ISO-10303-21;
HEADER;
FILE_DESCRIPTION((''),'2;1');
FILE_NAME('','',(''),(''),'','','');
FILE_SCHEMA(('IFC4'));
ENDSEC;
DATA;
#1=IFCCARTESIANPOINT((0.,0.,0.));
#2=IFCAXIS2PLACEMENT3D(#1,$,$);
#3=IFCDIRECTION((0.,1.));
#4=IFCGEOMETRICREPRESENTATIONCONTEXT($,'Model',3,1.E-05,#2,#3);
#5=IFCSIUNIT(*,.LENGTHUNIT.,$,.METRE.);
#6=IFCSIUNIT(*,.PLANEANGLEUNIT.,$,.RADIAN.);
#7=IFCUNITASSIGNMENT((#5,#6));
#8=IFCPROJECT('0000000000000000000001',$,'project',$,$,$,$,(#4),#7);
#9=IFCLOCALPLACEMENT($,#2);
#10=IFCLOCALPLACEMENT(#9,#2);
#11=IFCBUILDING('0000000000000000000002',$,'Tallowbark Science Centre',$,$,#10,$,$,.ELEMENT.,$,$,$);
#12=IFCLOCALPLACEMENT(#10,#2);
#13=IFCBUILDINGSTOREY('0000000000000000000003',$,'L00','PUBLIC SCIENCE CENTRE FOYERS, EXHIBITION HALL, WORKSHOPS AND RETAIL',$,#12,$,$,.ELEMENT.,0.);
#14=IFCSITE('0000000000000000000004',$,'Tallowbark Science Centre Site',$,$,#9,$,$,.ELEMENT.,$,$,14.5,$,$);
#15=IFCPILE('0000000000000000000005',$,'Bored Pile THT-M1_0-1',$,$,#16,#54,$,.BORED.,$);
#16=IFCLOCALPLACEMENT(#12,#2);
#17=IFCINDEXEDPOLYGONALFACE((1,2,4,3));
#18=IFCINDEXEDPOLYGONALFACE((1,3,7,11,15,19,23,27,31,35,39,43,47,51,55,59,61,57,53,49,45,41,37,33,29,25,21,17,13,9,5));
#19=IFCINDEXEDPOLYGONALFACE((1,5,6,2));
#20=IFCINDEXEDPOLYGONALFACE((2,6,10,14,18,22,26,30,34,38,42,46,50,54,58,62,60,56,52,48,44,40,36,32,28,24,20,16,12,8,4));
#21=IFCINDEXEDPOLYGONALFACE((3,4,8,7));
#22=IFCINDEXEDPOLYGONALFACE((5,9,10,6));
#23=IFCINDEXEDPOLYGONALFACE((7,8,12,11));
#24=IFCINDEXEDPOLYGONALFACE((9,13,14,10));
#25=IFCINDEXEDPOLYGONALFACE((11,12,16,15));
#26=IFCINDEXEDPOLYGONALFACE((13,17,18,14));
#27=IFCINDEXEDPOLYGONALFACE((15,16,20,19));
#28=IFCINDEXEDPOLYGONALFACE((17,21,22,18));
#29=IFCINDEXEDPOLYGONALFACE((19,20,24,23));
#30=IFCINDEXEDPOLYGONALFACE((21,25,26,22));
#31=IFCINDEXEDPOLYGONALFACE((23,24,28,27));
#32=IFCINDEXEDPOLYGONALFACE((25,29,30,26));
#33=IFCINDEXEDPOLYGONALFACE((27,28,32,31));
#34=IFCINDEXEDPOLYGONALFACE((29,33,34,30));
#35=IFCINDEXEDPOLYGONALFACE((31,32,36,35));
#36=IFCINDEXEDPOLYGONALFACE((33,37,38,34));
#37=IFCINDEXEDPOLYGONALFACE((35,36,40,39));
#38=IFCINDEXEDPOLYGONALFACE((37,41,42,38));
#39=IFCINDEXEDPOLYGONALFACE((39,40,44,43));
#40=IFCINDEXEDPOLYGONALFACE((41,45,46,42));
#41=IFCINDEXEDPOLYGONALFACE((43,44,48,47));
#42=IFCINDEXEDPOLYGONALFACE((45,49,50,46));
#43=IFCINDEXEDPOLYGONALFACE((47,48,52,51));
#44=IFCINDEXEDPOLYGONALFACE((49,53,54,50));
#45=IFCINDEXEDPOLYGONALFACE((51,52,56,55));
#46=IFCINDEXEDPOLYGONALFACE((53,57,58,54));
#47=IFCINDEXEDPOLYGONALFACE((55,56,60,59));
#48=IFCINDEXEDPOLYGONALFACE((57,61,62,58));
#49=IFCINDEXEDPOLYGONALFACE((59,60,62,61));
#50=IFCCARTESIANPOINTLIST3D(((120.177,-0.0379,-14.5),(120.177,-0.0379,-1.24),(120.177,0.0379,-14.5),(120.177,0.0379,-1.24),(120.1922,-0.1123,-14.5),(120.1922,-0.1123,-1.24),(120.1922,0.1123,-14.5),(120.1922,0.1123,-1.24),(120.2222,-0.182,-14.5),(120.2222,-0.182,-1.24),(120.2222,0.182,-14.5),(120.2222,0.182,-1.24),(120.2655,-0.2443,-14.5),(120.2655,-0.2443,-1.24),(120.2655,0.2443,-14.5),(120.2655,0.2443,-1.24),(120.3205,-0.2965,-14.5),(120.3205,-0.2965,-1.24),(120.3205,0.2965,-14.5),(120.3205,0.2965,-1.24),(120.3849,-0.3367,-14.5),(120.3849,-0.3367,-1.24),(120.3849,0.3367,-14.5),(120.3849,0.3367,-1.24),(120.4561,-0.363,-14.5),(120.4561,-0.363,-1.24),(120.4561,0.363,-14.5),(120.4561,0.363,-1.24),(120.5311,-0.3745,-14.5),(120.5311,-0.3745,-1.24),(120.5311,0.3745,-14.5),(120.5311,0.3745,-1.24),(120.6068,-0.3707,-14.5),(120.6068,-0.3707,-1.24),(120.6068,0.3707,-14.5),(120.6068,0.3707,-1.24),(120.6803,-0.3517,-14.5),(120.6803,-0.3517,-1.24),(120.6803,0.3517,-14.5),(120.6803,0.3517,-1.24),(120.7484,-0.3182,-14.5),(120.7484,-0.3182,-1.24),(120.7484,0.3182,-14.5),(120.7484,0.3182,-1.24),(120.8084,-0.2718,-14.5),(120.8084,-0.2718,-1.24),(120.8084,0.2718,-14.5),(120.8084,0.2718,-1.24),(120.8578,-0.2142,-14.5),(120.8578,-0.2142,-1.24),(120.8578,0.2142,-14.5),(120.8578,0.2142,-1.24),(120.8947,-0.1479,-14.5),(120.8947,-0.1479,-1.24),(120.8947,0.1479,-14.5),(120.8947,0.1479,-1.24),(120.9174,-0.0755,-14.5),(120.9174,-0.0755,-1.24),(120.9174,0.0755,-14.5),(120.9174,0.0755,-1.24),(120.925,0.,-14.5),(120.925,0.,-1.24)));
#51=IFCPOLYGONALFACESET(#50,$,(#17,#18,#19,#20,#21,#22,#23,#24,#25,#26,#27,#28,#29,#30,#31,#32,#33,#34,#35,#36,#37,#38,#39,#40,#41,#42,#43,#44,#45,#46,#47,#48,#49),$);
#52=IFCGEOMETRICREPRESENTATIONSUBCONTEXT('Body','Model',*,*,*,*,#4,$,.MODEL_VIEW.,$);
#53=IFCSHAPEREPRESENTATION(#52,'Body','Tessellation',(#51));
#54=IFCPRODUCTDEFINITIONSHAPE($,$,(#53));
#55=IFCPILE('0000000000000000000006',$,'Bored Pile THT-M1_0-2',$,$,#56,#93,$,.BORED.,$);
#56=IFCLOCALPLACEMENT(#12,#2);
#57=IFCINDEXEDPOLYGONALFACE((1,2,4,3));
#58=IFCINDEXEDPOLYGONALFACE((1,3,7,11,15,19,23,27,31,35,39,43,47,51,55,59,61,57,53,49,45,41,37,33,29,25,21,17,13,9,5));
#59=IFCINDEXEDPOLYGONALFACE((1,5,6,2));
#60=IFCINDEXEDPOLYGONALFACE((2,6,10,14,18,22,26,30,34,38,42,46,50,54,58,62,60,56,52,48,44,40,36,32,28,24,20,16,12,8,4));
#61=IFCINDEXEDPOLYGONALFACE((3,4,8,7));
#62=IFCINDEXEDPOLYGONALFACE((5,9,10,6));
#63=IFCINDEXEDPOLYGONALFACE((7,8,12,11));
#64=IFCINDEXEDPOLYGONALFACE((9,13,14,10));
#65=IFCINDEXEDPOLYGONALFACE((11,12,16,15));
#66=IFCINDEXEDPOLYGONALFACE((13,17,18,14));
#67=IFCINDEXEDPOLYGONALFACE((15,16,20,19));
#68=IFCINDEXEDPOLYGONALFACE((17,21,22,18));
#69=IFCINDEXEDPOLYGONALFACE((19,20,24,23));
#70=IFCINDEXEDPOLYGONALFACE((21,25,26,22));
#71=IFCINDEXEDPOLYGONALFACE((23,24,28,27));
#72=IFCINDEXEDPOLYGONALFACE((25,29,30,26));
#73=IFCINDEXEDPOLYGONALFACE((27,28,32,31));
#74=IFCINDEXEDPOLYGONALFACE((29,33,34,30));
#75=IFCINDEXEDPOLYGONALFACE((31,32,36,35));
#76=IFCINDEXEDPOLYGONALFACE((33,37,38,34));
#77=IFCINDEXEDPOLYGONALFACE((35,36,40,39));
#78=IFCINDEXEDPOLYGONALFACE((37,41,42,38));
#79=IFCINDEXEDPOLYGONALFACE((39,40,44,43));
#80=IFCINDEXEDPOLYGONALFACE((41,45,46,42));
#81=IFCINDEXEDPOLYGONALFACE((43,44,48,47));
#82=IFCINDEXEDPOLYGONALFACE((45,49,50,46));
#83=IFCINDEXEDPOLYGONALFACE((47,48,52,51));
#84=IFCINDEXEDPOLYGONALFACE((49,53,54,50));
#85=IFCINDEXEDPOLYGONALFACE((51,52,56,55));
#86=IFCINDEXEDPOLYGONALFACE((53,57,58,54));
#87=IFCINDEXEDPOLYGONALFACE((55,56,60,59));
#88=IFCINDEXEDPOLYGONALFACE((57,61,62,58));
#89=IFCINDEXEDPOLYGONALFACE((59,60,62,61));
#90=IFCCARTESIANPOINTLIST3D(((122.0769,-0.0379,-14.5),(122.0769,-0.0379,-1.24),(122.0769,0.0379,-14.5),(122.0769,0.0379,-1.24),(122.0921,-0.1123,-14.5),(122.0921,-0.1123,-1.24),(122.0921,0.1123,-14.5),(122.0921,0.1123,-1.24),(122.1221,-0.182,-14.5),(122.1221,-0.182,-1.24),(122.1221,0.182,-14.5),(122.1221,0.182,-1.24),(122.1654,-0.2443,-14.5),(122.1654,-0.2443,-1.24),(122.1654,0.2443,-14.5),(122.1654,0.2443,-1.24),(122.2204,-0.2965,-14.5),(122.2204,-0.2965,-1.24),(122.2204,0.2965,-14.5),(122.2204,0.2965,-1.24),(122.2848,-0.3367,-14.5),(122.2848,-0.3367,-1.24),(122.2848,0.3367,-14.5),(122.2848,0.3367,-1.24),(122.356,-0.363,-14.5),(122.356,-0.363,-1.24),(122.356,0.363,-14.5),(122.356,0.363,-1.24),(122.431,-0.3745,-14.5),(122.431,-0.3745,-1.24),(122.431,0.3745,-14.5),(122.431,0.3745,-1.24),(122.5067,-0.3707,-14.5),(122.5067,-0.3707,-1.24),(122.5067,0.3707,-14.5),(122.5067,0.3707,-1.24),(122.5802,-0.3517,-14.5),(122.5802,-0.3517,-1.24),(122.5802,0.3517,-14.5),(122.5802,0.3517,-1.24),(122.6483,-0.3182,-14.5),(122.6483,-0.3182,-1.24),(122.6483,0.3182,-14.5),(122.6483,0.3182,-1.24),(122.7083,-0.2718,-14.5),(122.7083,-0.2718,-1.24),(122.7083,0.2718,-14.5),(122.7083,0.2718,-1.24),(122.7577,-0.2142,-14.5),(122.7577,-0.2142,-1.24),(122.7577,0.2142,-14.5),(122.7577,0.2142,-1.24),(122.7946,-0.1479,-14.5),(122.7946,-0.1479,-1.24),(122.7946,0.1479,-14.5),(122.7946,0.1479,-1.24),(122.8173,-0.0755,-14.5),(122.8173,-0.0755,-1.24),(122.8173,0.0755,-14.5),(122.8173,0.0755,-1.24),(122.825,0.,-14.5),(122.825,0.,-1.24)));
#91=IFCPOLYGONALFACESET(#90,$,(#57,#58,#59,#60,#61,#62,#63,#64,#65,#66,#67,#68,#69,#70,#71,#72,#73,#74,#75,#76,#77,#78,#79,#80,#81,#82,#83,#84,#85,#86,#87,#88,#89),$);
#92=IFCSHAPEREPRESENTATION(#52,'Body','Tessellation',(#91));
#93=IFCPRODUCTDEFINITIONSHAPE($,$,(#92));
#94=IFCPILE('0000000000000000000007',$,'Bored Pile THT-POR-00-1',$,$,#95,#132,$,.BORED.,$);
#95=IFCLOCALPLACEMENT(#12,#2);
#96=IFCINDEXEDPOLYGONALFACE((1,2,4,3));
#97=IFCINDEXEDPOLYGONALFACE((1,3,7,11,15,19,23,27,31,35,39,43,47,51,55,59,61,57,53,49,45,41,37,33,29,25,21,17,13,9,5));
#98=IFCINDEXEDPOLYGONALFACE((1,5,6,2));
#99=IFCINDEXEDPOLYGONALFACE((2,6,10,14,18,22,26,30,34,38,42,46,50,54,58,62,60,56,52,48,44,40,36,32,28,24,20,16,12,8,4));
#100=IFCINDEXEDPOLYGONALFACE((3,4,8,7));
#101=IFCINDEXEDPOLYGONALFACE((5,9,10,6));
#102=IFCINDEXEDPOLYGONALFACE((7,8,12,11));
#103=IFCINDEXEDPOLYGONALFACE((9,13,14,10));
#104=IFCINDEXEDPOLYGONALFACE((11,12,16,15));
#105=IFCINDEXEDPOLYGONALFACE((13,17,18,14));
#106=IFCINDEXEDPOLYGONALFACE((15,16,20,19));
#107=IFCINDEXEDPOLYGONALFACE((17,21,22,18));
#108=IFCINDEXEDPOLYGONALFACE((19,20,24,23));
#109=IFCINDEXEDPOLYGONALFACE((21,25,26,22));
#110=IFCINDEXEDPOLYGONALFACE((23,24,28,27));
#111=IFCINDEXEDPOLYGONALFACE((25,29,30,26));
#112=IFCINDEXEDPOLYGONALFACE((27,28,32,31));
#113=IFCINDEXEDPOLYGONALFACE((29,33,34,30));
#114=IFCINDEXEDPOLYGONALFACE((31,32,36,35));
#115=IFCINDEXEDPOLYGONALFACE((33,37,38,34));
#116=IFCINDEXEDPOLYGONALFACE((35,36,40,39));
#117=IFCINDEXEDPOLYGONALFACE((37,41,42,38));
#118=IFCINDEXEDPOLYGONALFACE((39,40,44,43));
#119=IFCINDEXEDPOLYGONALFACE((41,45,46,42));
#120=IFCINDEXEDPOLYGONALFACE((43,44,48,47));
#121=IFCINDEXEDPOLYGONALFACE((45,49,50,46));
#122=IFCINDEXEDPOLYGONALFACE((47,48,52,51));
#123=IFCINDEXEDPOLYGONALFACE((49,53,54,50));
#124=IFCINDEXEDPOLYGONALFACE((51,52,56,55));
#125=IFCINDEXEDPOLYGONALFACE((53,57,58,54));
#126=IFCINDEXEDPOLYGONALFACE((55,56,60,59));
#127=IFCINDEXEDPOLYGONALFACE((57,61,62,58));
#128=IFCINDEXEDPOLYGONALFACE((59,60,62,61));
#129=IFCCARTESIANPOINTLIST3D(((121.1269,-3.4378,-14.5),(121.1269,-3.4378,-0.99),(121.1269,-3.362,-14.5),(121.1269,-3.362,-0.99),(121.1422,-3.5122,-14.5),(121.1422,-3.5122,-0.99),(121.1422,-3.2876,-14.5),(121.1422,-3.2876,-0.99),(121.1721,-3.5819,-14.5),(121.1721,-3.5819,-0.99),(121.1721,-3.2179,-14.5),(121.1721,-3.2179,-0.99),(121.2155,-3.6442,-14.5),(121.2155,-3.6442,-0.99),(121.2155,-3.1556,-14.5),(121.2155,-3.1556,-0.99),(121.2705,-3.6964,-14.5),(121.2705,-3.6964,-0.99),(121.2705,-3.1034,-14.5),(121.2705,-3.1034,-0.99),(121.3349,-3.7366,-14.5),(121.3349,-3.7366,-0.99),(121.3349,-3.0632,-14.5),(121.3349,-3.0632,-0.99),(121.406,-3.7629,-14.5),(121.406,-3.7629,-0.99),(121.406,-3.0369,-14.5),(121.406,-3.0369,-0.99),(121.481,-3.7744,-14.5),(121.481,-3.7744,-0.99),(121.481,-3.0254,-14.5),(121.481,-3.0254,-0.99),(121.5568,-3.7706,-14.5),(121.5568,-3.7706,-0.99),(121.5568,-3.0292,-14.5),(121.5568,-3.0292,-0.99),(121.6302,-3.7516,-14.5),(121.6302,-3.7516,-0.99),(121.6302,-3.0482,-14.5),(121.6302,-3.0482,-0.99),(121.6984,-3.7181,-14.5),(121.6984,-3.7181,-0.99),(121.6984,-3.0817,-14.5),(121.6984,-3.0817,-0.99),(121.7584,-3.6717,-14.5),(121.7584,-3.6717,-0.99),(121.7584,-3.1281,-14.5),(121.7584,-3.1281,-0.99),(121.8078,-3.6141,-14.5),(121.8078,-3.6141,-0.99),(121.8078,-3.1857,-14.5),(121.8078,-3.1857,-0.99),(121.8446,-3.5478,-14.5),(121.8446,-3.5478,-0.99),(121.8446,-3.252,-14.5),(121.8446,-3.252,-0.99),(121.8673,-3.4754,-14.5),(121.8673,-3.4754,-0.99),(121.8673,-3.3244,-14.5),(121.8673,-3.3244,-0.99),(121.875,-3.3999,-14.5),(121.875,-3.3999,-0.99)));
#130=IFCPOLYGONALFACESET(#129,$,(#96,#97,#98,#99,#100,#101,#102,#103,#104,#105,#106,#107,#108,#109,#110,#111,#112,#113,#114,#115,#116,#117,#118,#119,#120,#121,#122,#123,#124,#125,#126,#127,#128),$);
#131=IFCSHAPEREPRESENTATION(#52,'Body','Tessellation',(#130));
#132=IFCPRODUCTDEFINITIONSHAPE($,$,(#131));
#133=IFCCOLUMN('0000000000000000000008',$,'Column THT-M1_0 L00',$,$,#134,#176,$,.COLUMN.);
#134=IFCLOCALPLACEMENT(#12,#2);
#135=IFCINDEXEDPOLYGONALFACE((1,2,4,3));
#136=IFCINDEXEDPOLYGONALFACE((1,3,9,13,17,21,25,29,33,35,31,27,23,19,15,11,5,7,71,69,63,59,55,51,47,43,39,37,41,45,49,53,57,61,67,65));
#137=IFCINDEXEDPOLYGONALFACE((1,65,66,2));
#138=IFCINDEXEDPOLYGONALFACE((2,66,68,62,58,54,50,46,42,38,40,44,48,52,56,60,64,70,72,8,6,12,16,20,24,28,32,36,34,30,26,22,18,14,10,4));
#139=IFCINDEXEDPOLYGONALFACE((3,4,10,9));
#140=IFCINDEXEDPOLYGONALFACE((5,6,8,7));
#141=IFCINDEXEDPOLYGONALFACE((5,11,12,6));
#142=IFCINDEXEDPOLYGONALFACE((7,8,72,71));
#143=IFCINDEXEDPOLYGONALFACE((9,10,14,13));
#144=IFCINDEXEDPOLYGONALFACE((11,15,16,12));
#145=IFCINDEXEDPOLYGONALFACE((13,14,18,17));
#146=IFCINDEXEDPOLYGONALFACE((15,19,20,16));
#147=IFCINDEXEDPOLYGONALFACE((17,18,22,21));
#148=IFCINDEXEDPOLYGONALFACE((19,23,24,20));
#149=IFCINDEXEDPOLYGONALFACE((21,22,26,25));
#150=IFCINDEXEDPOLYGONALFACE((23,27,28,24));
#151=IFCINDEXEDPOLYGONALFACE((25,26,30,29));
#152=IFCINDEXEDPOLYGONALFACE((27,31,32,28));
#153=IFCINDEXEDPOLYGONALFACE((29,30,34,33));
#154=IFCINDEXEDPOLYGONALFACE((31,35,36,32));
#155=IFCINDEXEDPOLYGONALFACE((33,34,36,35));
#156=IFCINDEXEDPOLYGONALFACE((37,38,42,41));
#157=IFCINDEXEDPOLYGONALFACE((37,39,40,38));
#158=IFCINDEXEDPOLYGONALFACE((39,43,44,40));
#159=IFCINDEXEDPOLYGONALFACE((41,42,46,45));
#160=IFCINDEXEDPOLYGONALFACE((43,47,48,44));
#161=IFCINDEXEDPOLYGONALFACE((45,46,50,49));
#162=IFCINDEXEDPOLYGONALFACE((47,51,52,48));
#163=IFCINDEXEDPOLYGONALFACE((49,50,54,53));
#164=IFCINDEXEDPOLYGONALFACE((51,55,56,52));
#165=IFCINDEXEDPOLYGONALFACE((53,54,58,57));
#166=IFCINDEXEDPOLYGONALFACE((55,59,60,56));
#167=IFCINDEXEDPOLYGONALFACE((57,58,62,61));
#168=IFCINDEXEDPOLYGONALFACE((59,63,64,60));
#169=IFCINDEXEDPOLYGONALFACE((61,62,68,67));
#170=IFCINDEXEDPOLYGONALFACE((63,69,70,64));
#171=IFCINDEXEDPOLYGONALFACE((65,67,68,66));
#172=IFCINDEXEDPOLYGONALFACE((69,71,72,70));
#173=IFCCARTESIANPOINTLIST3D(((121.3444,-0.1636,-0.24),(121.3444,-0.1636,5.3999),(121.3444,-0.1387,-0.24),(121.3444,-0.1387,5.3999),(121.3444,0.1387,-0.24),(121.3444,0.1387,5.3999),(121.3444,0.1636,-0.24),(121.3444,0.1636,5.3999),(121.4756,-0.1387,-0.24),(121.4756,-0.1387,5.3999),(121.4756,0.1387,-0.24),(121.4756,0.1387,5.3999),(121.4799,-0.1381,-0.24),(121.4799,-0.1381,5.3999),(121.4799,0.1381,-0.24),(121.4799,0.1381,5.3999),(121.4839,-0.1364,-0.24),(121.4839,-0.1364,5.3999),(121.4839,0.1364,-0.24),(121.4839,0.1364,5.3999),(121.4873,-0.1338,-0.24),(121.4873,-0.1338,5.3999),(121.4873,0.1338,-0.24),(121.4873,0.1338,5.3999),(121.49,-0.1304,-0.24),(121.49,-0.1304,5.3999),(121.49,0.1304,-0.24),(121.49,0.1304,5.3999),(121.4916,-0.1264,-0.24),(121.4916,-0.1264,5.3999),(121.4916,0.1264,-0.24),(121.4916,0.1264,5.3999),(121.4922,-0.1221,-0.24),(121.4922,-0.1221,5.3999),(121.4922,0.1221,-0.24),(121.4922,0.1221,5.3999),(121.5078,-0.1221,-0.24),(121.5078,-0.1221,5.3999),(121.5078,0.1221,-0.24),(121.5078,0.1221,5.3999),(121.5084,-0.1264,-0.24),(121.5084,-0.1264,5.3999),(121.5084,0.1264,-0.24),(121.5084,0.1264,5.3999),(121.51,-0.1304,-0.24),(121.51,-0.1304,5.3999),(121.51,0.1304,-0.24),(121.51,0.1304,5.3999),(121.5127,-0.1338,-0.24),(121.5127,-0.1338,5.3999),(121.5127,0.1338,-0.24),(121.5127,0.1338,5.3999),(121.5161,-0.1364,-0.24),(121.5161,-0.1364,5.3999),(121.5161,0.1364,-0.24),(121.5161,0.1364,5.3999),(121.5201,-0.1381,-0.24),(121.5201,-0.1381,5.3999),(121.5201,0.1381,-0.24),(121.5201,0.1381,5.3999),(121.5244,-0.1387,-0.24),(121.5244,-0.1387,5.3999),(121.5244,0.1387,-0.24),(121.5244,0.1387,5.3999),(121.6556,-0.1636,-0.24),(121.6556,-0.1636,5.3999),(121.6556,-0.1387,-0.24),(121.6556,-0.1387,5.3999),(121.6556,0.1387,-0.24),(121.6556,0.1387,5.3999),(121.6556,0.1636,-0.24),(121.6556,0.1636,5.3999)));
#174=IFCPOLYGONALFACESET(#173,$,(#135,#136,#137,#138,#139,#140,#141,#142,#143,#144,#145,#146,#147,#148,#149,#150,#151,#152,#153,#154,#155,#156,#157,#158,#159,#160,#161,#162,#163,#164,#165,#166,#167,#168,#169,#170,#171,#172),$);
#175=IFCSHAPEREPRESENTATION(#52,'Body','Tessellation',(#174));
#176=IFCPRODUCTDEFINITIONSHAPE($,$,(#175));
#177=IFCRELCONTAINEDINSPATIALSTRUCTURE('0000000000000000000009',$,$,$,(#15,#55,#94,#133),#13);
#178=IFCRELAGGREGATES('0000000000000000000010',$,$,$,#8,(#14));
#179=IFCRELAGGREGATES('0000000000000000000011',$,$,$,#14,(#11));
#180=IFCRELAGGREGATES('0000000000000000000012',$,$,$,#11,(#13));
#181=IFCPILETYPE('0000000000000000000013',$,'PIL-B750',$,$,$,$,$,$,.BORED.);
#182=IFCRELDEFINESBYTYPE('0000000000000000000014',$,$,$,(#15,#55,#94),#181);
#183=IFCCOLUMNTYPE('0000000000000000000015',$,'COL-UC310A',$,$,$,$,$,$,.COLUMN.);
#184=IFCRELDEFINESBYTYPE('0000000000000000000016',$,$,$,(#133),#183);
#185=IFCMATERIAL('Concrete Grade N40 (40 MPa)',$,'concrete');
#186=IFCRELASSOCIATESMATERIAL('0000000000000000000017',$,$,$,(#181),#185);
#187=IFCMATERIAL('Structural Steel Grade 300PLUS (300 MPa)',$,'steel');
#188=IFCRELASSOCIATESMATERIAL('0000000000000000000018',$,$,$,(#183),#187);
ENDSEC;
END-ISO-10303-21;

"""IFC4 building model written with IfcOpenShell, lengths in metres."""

from ifc_helpers import new_model, si_unit, direction, frame, origin, origin_2d, place, context, subcontext, project, spatial, circle, i_section, extrude, material, material_profile, profile_set, type_object, element, save


model = new_model("IFC4")

# Units and contexts
model_context = context("Model", 3, precision=1e-05, world=origin(), true_north=direction((0.0, 1.0)))
body_context = subcontext(model_context, "Body", "Model", "MODEL_VIEW")
ifc_project = project(units=[si_unit("LENGTHUNIT", "METRE"), si_unit("PLANEANGLEUNIT", "RADIAN")], contexts=[model_context])

# Site, building, storey
site_placement = place(None, origin())
site = spatial("IfcSite", under=ifc_project, at=site_placement, Name="Tallowbark Science Centre Site", CompositionType="ELEMENT", RefElevation=14.5)
building_placement = place(site_placement, origin())
building = spatial("IfcBuilding", under=site, at=building_placement, Name="Tallowbark Science Centre", CompositionType="ELEMENT")
storey_placement = place(building_placement, origin())
storey = spatial("IfcBuildingStorey", under=building, at=storey_placement, Name="L00", Description="PUBLIC SCIENCE CENTRE FOYERS, EXHIBITION HALL, WORKSHOPS AND RETAIL", CompositionType="ELEMENT", Elevation=0.0)

# Shared definitions
ifc_material_1 = material(Name="Concrete Grade N40 (40 MPa)", Category="concrete")

# Piles
ifc_material_profile_1 = material_profile(ifc_material_1, circle(Radius=0.375, at=origin_2d()), Name="PILE750")
ifc_profile_set_1 = profile_set([ifc_material_profile_1], Name="Concrete Grade N40 (40 MPa)")
pile_type_1 = type_object("IfcPileType", Name="PIL-B750", PredefinedType="BORED", material=ifc_profile_set_1)
for number, where, z_axis, x_axis, name in (
    (1, (120.55, 0.0, -1.24), (0.0, 0.0, -1.0), (1.0, 0.0, 0.0), "Bored Pile THT-M1_0-1"),
    (2, (122.45, 0.0, -1.24), (0.0, 0.0, -1.0), (1.0, 0.0, 0.0), "Bored Pile THT-M1_0-2"),
):
    element("IfcPile", number, at=place(storey_placement, frame(where, z_axis=z_axis, x_axis=x_axis)), inside=storey, type_object=pile_type_1, Name=name, PredefinedType="BORED", context=body_context, shape_type="SweptSolid", body=[
        extrude(circle(Radius=0.375, at=origin_2d()), origin(), (0.0, 0.0, 1.0), 13.26),
    ])
pile_placement = place(storey_placement, frame((121.5, -3.3999, -0.99), z_axis=(0.0, 0.0, -1.0), x_axis=(1.0, 0.0, 0.0)))
element("IfcPile", 3, at=pile_placement, inside=storey, type_object=pile_type_1, Name="Bored Pile THT-POR-00-1", PredefinedType="BORED", context=body_context, shape_type="SweptSolid", body=[
    extrude(circle(Radius=0.375, at=origin_2d()), origin(), (0.0, 0.0, 1.0), 13.51),
])

# Column
ifc_material_2 = material(Name="Structural Steel Grade 300PLUS (300 MPa)", Category="steel")
ifc_material_profile_2 = material_profile(ifc_material_2, i_section(OverallWidth=0.3113, OverallDepth=0.3271, WebThickness=0.0156, FlangeThickness=0.0249, FilletRadius=0.0166, at=origin_2d()), Name="310UC158")
ifc_profile_set_2 = profile_set([ifc_material_profile_2], Name="Structural Steel Grade 300PLUS (300 MPa)")
column_type_1 = type_object("IfcColumnType", Name="COL-UC310A", PredefinedType="COLUMN", material=ifc_profile_set_2)
column_1_placement = place(storey_placement, frame((121.5, 0.0, -0.24), z_axis=(0.0, 0.0, 1.0), x_axis=(1.0, 0.0, 0.0)))
element("IfcColumn", 4, at=column_1_placement, inside=storey, type_object=column_type_1, Name="Column THT-M1_0 L00", PredefinedType="COLUMN", context=body_context, shape_type="SweptSolid", body=[
    extrude(i_section(OverallWidth=0.3113, OverallDepth=0.3271, WebThickness=0.0156, FlangeThickness=0.0249, FilletRadius=0.0166, at=origin_2d()), origin(), (0.0, 0.0, 1.0), 5.6399),
])

save(model, "model.ifc")
